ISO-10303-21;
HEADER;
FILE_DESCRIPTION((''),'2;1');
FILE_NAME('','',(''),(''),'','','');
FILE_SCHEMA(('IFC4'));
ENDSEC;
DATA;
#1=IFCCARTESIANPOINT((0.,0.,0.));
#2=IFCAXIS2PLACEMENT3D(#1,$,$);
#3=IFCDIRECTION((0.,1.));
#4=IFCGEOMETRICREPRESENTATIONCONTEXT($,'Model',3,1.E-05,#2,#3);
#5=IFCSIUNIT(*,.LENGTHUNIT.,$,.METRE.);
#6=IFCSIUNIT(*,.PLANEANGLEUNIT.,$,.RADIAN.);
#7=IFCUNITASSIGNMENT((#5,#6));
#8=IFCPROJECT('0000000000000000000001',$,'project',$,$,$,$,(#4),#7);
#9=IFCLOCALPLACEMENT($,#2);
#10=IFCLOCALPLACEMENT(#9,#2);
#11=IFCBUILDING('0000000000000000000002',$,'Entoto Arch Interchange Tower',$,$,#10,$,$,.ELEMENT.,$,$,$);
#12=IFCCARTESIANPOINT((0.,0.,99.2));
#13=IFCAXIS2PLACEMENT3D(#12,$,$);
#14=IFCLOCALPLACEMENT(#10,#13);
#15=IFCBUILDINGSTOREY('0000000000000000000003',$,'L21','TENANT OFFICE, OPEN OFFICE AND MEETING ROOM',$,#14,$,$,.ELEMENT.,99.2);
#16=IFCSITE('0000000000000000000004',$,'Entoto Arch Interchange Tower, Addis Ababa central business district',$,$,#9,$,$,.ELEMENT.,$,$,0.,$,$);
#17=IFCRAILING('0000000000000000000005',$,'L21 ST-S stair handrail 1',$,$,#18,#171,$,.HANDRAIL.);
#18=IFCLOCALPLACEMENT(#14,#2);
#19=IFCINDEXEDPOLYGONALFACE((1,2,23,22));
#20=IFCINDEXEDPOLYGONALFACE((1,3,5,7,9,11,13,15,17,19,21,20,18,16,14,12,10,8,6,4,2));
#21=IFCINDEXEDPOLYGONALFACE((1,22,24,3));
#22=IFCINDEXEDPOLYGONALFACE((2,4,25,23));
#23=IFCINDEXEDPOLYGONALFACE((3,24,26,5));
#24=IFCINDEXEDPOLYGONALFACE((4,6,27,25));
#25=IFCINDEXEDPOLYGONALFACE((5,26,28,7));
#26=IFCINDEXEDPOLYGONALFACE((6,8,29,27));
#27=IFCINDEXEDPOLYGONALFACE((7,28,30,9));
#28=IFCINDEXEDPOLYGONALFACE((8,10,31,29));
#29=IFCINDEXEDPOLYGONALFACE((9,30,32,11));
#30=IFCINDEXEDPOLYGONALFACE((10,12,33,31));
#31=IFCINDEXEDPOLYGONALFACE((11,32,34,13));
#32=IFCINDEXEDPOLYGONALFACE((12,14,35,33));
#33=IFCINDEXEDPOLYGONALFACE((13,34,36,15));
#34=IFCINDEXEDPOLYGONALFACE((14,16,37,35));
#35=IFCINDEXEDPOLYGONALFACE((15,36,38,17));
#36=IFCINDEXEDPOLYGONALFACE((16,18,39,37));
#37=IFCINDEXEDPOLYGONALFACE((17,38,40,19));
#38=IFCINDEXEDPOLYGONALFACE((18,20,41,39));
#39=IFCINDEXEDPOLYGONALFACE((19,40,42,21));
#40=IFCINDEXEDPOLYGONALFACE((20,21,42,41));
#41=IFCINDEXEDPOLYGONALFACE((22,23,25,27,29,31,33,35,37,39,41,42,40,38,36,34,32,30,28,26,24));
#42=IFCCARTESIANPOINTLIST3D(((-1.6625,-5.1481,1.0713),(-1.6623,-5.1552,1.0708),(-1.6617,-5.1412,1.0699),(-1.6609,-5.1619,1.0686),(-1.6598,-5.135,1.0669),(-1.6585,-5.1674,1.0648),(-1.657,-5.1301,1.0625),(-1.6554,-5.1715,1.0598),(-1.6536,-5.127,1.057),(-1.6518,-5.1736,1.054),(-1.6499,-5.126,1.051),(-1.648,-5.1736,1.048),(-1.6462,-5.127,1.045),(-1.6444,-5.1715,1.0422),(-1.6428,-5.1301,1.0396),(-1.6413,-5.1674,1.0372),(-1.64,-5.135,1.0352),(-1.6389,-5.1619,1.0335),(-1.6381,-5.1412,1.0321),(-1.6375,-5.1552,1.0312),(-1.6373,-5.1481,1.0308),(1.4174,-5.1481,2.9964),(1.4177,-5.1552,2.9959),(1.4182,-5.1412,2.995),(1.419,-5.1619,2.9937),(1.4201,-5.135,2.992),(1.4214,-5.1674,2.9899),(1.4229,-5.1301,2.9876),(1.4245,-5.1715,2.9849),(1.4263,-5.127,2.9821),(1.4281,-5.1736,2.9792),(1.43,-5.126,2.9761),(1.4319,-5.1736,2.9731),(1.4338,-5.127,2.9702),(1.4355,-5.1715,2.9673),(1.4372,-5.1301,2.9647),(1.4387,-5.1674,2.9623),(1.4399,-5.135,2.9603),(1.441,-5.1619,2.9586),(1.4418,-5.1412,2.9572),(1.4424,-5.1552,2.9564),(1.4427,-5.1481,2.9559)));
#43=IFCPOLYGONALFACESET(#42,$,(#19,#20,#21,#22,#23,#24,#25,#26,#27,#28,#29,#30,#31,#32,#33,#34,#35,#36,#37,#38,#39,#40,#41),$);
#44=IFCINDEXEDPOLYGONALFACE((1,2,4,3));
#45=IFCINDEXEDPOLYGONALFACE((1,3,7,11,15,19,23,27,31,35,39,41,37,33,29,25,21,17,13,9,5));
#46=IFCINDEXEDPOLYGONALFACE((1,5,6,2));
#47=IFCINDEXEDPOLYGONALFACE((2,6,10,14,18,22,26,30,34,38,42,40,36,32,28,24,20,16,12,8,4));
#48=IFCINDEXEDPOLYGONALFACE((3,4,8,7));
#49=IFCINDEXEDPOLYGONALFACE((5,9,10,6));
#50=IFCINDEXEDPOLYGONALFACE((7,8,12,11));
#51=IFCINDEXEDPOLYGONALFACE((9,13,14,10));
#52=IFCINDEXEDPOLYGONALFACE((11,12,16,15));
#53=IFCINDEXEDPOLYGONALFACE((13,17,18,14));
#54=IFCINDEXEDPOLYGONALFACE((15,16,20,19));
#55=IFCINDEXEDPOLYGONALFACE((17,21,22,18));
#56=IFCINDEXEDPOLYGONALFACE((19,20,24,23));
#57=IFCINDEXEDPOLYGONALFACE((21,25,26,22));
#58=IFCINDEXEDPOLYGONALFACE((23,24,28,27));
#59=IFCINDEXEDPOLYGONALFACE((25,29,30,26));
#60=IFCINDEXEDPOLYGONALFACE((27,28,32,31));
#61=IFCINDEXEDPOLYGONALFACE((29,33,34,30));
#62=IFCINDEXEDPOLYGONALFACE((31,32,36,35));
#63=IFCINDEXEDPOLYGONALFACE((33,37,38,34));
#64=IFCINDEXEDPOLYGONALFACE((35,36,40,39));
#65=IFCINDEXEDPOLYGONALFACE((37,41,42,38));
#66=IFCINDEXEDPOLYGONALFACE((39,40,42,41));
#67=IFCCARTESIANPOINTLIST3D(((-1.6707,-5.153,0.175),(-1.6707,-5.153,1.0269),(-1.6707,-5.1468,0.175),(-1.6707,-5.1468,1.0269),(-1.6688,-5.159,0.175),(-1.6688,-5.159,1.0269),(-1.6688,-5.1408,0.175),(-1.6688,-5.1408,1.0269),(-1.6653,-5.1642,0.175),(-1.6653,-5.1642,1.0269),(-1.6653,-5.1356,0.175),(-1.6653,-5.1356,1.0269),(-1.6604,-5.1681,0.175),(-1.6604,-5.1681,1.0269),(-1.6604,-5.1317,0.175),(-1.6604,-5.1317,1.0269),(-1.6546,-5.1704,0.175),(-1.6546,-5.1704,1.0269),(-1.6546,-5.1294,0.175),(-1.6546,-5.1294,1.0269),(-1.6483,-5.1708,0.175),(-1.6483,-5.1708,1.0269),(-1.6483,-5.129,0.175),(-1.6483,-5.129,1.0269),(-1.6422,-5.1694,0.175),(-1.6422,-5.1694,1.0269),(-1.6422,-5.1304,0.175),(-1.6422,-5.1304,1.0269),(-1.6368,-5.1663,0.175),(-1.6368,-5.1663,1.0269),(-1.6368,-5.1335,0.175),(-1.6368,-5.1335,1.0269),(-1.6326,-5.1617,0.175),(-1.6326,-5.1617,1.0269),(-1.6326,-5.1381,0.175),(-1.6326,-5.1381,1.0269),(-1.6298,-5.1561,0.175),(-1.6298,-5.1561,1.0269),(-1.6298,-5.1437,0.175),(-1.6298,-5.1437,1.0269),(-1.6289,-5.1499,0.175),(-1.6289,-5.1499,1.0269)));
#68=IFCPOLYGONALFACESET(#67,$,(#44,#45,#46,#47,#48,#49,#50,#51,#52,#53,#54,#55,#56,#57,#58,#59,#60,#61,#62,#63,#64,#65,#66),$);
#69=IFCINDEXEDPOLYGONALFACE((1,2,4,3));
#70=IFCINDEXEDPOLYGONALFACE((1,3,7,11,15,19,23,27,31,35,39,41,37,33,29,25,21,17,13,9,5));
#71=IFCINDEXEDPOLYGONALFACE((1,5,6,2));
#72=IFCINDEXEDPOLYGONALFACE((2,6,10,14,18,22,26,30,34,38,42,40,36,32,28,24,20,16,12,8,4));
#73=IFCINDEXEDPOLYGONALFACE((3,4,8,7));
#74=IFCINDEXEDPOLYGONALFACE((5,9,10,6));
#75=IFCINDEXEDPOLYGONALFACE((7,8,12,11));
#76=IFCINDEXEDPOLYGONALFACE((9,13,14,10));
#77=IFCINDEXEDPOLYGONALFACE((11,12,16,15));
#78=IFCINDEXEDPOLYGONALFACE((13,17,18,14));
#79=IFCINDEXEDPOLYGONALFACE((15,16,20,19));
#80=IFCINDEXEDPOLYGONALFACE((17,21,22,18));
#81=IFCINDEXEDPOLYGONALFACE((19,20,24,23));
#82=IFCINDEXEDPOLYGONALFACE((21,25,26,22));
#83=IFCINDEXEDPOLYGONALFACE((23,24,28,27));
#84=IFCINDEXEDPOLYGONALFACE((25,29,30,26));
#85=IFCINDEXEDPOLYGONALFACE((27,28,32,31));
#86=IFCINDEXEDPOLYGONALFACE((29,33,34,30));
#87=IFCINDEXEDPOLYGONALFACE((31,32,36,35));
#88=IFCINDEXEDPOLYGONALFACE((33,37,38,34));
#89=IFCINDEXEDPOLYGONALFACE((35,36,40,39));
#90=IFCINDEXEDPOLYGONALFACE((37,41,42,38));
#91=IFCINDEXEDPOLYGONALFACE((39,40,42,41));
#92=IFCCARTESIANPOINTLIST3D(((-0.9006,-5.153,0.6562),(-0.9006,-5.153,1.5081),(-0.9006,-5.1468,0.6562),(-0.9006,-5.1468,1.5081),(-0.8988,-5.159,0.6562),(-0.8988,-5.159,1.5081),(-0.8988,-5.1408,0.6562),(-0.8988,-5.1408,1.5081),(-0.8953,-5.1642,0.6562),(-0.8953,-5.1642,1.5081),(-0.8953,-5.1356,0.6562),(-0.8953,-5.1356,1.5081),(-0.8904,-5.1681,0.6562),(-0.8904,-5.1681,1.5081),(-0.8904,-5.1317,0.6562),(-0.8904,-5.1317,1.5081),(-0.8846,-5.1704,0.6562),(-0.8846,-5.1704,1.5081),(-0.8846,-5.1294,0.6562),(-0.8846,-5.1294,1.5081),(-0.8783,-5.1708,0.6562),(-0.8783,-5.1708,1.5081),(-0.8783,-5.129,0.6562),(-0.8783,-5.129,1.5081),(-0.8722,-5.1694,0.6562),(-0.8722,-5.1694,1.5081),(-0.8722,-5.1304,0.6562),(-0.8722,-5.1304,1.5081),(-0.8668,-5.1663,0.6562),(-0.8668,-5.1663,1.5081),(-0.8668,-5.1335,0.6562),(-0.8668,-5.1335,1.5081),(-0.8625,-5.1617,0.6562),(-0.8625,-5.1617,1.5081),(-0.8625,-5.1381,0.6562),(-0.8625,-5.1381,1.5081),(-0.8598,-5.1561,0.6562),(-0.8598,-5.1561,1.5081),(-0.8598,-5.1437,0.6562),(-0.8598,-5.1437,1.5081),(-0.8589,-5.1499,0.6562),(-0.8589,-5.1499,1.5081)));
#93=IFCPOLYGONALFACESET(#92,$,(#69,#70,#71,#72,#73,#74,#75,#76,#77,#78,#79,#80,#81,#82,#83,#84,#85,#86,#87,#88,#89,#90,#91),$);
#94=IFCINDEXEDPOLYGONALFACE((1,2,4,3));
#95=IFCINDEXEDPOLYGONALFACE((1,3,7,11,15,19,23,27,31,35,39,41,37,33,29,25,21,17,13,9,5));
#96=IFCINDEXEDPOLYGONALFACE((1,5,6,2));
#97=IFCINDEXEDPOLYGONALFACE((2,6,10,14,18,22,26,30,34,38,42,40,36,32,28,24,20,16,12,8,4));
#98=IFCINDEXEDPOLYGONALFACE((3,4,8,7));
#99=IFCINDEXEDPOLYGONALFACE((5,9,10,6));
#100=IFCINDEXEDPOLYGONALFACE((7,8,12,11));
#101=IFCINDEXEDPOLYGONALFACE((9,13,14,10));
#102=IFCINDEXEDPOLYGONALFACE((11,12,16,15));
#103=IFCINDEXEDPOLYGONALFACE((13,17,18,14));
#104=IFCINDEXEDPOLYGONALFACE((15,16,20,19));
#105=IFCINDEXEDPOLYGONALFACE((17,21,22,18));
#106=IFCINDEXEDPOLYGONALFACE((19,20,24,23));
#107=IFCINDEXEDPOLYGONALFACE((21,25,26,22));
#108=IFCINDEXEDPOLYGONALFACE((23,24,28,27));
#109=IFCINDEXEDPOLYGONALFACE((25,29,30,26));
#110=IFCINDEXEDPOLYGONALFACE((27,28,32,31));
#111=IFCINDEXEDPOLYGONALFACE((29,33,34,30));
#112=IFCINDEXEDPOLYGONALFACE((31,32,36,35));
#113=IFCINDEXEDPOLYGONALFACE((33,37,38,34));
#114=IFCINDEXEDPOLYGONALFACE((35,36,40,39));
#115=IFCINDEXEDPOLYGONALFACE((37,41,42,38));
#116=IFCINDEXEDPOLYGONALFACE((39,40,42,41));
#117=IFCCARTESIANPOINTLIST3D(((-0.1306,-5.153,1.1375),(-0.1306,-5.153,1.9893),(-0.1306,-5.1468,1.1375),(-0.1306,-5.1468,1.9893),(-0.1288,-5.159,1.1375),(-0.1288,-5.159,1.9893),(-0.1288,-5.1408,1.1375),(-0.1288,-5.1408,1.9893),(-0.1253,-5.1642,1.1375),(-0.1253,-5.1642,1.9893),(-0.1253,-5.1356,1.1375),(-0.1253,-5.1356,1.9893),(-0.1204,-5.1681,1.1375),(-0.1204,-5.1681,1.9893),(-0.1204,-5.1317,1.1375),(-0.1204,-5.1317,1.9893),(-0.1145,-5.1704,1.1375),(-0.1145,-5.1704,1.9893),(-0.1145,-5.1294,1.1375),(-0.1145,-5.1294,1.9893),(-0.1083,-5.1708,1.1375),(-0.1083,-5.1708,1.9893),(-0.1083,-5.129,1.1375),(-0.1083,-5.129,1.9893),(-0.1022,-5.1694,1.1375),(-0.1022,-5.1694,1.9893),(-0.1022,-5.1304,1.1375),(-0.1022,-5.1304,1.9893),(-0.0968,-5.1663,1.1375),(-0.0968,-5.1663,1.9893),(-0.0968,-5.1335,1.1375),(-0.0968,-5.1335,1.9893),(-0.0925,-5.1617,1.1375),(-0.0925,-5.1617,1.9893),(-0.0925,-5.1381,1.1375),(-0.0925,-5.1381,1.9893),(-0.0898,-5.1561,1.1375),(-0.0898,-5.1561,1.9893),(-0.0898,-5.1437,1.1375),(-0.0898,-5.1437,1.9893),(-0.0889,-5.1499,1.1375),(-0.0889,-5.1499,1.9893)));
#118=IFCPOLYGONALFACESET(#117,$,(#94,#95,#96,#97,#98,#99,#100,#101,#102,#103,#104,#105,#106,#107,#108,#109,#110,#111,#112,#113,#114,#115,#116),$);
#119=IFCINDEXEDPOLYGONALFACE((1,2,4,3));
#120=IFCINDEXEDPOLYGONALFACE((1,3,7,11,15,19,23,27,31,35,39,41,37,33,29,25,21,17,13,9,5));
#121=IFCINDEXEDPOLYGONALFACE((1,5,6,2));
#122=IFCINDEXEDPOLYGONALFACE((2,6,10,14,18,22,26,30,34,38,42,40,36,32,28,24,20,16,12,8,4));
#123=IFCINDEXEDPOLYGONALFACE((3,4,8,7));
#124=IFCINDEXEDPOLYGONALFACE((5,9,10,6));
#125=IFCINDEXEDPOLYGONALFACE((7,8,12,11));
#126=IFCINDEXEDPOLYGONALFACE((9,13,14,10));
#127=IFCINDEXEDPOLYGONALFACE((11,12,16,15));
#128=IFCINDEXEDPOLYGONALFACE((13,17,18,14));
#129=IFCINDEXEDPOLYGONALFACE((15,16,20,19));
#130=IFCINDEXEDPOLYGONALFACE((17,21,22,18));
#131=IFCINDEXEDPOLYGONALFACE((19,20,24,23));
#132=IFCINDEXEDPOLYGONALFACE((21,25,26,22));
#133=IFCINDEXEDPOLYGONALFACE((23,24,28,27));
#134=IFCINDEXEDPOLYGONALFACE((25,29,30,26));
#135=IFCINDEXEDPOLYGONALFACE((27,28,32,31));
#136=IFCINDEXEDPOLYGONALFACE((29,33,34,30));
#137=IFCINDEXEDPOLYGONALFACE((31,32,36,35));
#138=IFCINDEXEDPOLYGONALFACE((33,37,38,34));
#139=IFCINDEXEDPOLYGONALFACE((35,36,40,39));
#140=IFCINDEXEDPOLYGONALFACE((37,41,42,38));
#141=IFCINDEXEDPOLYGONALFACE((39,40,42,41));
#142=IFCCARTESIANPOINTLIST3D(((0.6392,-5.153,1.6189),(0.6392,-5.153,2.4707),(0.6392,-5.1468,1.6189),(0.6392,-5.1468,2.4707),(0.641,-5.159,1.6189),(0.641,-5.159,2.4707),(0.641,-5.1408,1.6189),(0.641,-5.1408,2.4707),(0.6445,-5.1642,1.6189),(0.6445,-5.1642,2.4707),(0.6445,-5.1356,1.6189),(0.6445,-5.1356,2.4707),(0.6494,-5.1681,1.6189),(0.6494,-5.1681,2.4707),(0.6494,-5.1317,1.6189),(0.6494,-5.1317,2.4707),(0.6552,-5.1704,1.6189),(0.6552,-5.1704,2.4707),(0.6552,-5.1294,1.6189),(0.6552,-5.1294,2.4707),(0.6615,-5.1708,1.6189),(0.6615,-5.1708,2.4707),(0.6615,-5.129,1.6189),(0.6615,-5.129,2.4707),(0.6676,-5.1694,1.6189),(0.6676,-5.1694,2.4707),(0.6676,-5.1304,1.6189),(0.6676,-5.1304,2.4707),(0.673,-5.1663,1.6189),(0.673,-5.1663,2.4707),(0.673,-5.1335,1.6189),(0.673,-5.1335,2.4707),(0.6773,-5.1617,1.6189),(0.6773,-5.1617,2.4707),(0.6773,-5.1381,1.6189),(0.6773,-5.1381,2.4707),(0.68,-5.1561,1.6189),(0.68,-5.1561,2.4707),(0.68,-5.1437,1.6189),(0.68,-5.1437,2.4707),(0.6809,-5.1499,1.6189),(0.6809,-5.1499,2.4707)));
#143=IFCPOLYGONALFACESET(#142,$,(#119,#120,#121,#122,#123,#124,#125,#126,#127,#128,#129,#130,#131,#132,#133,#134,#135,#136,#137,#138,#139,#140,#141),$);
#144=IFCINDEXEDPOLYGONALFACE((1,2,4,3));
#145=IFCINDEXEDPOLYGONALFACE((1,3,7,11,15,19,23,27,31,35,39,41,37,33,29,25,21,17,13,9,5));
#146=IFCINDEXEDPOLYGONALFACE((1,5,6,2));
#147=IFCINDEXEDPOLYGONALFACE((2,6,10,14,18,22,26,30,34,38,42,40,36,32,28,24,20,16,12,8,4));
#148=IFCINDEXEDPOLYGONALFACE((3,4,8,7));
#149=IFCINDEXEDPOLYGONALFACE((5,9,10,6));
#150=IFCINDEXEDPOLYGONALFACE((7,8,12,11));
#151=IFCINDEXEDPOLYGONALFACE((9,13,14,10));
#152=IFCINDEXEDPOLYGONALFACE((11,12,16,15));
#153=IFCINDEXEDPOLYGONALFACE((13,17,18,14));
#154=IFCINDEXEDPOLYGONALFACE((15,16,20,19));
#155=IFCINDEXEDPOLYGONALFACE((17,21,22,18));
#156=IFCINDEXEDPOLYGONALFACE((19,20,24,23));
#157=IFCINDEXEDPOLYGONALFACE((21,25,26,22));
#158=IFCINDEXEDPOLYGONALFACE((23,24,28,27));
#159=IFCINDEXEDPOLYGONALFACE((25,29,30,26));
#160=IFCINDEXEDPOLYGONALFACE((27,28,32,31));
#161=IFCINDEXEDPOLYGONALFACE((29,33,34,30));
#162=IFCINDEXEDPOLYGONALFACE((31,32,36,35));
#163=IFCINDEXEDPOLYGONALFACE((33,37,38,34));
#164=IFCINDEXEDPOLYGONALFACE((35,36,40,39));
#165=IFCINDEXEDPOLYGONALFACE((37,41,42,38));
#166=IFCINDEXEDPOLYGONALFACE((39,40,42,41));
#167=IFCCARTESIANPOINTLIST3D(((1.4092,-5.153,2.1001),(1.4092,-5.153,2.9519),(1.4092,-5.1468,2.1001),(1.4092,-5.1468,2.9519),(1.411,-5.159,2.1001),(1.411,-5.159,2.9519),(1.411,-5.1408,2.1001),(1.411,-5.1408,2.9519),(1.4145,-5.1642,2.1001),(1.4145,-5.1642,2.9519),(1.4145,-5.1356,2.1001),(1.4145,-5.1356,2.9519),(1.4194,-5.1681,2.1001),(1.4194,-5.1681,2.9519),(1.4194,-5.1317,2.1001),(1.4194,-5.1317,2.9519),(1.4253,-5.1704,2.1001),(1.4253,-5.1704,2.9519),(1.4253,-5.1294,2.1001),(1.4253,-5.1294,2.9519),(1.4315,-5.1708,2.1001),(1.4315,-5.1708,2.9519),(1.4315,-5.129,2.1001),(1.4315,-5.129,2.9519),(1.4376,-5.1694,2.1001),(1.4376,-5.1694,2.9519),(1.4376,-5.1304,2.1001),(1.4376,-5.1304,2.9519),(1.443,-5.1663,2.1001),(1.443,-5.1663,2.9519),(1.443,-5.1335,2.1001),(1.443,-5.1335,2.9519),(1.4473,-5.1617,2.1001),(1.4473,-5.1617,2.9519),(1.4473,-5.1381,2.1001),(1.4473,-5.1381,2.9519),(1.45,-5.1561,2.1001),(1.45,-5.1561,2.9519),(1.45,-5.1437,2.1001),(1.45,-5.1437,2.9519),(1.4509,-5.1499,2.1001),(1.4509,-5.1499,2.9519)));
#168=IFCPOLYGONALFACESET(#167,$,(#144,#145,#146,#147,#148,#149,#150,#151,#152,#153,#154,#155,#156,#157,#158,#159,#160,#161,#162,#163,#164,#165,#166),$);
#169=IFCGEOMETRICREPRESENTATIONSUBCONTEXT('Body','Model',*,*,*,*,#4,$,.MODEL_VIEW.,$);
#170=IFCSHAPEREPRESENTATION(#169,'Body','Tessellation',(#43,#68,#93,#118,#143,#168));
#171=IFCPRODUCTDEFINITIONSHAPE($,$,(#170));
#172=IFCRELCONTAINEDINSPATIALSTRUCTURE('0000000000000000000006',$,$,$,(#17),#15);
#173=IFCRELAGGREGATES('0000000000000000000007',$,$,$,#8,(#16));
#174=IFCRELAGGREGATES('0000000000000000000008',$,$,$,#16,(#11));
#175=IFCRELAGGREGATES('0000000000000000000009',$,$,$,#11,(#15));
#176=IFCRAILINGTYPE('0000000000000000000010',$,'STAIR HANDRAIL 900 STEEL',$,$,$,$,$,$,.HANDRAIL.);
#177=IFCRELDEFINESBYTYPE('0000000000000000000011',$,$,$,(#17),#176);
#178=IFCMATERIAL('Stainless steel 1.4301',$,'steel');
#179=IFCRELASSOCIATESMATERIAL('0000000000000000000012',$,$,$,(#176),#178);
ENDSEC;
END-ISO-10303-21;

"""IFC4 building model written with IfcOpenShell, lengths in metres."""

from ifc_helpers import new_model, si_unit, direction, frame, origin, origin_2d, place, context, subcontext, project, spatial, circle, extrude, material, type_object, element, save


model = new_model("IFC4")

# Units and contexts
model_context = context("Model", 3, precision=1e-05, world=origin(), true_north=direction((0.0, 1.0)))
body_context = subcontext(model_context, "Body", "Model", "MODEL_VIEW")
ifc_project = project(units=[si_unit("LENGTHUNIT", "METRE"), si_unit("PLANEANGLEUNIT", "RADIAN")], contexts=[model_context])

# Site, building, storey
site_placement = place(None, origin())
site = spatial("IfcSite", under=ifc_project, at=site_placement, Name="Entoto Arch Interchange Tower, Addis Ababa central business district", CompositionType="ELEMENT", RefElevation=0.0)
building_placement = place(site_placement, origin())
building = spatial("IfcBuilding", under=site, at=building_placement, Name="Entoto Arch Interchange Tower", CompositionType="ELEMENT")
storey_placement = place(building_placement, frame((0.0, 0.0, 99.2)))
storey = spatial("IfcBuildingStorey", under=building, at=storey_placement, Name="L21", Description="TENANT OFFICE, OPEN OFFICE AND MEETING ROOM", CompositionType="ELEMENT", Elevation=99.2)

# Railing
ifc_material_1 = material(Name="Stainless steel 1.4301", Category="steel")
railing_type_1 = type_object("IfcRailingType", Name="STAIR HANDRAIL 900 STEEL", PredefinedType="HANDRAIL", material=ifc_material_1)
railing_1_placement = place(storey_placement, frame((-1.6499, -5.1499, 0.175)))
element("IfcRailing", 1, at=railing_1_placement, inside=storey, type_object=railing_type_1, Name="L21 ST-S stair handrail 1", PredefinedType="HANDRAIL", context=body_context, shape_type="SweptSolid", body=[
    extrude(circle(Radius=0.0239, at=origin_2d()), frame((0.0, 0.0, 0.876), z_axis=(0.847979, 0.0, 0.530029), x_axis=(0.0, 1.0, 0.0)), (0.0, 0.0, 1.0), 3.6321),
    extrude(circle(Radius=0.021, at=origin_2d()), origin(), (0.0, 0.0, 1.0), 0.8518),
    extrude(circle(Radius=0.021, at=origin_2d()), frame((0.77, 0.0, 0.4812)), (0.0, 0.0, 1.0), 0.8518),
    extrude(circle(Radius=0.021, at=origin_2d()), frame((1.54, 0.0, 0.9624)), (0.0, 0.0, 1.0), 0.8518),
    extrude(circle(Radius=0.021, at=origin_2d()), frame((2.3098, 0.0, 1.4438)), (0.0, 0.0, 1.0), 0.8518),
    extrude(circle(Radius=0.021, at=origin_2d()), frame((3.0798, 0.0, 1.925)), (0.0, 0.0, 1.0), 0.8518),
])

save(model, "model.ifc")
